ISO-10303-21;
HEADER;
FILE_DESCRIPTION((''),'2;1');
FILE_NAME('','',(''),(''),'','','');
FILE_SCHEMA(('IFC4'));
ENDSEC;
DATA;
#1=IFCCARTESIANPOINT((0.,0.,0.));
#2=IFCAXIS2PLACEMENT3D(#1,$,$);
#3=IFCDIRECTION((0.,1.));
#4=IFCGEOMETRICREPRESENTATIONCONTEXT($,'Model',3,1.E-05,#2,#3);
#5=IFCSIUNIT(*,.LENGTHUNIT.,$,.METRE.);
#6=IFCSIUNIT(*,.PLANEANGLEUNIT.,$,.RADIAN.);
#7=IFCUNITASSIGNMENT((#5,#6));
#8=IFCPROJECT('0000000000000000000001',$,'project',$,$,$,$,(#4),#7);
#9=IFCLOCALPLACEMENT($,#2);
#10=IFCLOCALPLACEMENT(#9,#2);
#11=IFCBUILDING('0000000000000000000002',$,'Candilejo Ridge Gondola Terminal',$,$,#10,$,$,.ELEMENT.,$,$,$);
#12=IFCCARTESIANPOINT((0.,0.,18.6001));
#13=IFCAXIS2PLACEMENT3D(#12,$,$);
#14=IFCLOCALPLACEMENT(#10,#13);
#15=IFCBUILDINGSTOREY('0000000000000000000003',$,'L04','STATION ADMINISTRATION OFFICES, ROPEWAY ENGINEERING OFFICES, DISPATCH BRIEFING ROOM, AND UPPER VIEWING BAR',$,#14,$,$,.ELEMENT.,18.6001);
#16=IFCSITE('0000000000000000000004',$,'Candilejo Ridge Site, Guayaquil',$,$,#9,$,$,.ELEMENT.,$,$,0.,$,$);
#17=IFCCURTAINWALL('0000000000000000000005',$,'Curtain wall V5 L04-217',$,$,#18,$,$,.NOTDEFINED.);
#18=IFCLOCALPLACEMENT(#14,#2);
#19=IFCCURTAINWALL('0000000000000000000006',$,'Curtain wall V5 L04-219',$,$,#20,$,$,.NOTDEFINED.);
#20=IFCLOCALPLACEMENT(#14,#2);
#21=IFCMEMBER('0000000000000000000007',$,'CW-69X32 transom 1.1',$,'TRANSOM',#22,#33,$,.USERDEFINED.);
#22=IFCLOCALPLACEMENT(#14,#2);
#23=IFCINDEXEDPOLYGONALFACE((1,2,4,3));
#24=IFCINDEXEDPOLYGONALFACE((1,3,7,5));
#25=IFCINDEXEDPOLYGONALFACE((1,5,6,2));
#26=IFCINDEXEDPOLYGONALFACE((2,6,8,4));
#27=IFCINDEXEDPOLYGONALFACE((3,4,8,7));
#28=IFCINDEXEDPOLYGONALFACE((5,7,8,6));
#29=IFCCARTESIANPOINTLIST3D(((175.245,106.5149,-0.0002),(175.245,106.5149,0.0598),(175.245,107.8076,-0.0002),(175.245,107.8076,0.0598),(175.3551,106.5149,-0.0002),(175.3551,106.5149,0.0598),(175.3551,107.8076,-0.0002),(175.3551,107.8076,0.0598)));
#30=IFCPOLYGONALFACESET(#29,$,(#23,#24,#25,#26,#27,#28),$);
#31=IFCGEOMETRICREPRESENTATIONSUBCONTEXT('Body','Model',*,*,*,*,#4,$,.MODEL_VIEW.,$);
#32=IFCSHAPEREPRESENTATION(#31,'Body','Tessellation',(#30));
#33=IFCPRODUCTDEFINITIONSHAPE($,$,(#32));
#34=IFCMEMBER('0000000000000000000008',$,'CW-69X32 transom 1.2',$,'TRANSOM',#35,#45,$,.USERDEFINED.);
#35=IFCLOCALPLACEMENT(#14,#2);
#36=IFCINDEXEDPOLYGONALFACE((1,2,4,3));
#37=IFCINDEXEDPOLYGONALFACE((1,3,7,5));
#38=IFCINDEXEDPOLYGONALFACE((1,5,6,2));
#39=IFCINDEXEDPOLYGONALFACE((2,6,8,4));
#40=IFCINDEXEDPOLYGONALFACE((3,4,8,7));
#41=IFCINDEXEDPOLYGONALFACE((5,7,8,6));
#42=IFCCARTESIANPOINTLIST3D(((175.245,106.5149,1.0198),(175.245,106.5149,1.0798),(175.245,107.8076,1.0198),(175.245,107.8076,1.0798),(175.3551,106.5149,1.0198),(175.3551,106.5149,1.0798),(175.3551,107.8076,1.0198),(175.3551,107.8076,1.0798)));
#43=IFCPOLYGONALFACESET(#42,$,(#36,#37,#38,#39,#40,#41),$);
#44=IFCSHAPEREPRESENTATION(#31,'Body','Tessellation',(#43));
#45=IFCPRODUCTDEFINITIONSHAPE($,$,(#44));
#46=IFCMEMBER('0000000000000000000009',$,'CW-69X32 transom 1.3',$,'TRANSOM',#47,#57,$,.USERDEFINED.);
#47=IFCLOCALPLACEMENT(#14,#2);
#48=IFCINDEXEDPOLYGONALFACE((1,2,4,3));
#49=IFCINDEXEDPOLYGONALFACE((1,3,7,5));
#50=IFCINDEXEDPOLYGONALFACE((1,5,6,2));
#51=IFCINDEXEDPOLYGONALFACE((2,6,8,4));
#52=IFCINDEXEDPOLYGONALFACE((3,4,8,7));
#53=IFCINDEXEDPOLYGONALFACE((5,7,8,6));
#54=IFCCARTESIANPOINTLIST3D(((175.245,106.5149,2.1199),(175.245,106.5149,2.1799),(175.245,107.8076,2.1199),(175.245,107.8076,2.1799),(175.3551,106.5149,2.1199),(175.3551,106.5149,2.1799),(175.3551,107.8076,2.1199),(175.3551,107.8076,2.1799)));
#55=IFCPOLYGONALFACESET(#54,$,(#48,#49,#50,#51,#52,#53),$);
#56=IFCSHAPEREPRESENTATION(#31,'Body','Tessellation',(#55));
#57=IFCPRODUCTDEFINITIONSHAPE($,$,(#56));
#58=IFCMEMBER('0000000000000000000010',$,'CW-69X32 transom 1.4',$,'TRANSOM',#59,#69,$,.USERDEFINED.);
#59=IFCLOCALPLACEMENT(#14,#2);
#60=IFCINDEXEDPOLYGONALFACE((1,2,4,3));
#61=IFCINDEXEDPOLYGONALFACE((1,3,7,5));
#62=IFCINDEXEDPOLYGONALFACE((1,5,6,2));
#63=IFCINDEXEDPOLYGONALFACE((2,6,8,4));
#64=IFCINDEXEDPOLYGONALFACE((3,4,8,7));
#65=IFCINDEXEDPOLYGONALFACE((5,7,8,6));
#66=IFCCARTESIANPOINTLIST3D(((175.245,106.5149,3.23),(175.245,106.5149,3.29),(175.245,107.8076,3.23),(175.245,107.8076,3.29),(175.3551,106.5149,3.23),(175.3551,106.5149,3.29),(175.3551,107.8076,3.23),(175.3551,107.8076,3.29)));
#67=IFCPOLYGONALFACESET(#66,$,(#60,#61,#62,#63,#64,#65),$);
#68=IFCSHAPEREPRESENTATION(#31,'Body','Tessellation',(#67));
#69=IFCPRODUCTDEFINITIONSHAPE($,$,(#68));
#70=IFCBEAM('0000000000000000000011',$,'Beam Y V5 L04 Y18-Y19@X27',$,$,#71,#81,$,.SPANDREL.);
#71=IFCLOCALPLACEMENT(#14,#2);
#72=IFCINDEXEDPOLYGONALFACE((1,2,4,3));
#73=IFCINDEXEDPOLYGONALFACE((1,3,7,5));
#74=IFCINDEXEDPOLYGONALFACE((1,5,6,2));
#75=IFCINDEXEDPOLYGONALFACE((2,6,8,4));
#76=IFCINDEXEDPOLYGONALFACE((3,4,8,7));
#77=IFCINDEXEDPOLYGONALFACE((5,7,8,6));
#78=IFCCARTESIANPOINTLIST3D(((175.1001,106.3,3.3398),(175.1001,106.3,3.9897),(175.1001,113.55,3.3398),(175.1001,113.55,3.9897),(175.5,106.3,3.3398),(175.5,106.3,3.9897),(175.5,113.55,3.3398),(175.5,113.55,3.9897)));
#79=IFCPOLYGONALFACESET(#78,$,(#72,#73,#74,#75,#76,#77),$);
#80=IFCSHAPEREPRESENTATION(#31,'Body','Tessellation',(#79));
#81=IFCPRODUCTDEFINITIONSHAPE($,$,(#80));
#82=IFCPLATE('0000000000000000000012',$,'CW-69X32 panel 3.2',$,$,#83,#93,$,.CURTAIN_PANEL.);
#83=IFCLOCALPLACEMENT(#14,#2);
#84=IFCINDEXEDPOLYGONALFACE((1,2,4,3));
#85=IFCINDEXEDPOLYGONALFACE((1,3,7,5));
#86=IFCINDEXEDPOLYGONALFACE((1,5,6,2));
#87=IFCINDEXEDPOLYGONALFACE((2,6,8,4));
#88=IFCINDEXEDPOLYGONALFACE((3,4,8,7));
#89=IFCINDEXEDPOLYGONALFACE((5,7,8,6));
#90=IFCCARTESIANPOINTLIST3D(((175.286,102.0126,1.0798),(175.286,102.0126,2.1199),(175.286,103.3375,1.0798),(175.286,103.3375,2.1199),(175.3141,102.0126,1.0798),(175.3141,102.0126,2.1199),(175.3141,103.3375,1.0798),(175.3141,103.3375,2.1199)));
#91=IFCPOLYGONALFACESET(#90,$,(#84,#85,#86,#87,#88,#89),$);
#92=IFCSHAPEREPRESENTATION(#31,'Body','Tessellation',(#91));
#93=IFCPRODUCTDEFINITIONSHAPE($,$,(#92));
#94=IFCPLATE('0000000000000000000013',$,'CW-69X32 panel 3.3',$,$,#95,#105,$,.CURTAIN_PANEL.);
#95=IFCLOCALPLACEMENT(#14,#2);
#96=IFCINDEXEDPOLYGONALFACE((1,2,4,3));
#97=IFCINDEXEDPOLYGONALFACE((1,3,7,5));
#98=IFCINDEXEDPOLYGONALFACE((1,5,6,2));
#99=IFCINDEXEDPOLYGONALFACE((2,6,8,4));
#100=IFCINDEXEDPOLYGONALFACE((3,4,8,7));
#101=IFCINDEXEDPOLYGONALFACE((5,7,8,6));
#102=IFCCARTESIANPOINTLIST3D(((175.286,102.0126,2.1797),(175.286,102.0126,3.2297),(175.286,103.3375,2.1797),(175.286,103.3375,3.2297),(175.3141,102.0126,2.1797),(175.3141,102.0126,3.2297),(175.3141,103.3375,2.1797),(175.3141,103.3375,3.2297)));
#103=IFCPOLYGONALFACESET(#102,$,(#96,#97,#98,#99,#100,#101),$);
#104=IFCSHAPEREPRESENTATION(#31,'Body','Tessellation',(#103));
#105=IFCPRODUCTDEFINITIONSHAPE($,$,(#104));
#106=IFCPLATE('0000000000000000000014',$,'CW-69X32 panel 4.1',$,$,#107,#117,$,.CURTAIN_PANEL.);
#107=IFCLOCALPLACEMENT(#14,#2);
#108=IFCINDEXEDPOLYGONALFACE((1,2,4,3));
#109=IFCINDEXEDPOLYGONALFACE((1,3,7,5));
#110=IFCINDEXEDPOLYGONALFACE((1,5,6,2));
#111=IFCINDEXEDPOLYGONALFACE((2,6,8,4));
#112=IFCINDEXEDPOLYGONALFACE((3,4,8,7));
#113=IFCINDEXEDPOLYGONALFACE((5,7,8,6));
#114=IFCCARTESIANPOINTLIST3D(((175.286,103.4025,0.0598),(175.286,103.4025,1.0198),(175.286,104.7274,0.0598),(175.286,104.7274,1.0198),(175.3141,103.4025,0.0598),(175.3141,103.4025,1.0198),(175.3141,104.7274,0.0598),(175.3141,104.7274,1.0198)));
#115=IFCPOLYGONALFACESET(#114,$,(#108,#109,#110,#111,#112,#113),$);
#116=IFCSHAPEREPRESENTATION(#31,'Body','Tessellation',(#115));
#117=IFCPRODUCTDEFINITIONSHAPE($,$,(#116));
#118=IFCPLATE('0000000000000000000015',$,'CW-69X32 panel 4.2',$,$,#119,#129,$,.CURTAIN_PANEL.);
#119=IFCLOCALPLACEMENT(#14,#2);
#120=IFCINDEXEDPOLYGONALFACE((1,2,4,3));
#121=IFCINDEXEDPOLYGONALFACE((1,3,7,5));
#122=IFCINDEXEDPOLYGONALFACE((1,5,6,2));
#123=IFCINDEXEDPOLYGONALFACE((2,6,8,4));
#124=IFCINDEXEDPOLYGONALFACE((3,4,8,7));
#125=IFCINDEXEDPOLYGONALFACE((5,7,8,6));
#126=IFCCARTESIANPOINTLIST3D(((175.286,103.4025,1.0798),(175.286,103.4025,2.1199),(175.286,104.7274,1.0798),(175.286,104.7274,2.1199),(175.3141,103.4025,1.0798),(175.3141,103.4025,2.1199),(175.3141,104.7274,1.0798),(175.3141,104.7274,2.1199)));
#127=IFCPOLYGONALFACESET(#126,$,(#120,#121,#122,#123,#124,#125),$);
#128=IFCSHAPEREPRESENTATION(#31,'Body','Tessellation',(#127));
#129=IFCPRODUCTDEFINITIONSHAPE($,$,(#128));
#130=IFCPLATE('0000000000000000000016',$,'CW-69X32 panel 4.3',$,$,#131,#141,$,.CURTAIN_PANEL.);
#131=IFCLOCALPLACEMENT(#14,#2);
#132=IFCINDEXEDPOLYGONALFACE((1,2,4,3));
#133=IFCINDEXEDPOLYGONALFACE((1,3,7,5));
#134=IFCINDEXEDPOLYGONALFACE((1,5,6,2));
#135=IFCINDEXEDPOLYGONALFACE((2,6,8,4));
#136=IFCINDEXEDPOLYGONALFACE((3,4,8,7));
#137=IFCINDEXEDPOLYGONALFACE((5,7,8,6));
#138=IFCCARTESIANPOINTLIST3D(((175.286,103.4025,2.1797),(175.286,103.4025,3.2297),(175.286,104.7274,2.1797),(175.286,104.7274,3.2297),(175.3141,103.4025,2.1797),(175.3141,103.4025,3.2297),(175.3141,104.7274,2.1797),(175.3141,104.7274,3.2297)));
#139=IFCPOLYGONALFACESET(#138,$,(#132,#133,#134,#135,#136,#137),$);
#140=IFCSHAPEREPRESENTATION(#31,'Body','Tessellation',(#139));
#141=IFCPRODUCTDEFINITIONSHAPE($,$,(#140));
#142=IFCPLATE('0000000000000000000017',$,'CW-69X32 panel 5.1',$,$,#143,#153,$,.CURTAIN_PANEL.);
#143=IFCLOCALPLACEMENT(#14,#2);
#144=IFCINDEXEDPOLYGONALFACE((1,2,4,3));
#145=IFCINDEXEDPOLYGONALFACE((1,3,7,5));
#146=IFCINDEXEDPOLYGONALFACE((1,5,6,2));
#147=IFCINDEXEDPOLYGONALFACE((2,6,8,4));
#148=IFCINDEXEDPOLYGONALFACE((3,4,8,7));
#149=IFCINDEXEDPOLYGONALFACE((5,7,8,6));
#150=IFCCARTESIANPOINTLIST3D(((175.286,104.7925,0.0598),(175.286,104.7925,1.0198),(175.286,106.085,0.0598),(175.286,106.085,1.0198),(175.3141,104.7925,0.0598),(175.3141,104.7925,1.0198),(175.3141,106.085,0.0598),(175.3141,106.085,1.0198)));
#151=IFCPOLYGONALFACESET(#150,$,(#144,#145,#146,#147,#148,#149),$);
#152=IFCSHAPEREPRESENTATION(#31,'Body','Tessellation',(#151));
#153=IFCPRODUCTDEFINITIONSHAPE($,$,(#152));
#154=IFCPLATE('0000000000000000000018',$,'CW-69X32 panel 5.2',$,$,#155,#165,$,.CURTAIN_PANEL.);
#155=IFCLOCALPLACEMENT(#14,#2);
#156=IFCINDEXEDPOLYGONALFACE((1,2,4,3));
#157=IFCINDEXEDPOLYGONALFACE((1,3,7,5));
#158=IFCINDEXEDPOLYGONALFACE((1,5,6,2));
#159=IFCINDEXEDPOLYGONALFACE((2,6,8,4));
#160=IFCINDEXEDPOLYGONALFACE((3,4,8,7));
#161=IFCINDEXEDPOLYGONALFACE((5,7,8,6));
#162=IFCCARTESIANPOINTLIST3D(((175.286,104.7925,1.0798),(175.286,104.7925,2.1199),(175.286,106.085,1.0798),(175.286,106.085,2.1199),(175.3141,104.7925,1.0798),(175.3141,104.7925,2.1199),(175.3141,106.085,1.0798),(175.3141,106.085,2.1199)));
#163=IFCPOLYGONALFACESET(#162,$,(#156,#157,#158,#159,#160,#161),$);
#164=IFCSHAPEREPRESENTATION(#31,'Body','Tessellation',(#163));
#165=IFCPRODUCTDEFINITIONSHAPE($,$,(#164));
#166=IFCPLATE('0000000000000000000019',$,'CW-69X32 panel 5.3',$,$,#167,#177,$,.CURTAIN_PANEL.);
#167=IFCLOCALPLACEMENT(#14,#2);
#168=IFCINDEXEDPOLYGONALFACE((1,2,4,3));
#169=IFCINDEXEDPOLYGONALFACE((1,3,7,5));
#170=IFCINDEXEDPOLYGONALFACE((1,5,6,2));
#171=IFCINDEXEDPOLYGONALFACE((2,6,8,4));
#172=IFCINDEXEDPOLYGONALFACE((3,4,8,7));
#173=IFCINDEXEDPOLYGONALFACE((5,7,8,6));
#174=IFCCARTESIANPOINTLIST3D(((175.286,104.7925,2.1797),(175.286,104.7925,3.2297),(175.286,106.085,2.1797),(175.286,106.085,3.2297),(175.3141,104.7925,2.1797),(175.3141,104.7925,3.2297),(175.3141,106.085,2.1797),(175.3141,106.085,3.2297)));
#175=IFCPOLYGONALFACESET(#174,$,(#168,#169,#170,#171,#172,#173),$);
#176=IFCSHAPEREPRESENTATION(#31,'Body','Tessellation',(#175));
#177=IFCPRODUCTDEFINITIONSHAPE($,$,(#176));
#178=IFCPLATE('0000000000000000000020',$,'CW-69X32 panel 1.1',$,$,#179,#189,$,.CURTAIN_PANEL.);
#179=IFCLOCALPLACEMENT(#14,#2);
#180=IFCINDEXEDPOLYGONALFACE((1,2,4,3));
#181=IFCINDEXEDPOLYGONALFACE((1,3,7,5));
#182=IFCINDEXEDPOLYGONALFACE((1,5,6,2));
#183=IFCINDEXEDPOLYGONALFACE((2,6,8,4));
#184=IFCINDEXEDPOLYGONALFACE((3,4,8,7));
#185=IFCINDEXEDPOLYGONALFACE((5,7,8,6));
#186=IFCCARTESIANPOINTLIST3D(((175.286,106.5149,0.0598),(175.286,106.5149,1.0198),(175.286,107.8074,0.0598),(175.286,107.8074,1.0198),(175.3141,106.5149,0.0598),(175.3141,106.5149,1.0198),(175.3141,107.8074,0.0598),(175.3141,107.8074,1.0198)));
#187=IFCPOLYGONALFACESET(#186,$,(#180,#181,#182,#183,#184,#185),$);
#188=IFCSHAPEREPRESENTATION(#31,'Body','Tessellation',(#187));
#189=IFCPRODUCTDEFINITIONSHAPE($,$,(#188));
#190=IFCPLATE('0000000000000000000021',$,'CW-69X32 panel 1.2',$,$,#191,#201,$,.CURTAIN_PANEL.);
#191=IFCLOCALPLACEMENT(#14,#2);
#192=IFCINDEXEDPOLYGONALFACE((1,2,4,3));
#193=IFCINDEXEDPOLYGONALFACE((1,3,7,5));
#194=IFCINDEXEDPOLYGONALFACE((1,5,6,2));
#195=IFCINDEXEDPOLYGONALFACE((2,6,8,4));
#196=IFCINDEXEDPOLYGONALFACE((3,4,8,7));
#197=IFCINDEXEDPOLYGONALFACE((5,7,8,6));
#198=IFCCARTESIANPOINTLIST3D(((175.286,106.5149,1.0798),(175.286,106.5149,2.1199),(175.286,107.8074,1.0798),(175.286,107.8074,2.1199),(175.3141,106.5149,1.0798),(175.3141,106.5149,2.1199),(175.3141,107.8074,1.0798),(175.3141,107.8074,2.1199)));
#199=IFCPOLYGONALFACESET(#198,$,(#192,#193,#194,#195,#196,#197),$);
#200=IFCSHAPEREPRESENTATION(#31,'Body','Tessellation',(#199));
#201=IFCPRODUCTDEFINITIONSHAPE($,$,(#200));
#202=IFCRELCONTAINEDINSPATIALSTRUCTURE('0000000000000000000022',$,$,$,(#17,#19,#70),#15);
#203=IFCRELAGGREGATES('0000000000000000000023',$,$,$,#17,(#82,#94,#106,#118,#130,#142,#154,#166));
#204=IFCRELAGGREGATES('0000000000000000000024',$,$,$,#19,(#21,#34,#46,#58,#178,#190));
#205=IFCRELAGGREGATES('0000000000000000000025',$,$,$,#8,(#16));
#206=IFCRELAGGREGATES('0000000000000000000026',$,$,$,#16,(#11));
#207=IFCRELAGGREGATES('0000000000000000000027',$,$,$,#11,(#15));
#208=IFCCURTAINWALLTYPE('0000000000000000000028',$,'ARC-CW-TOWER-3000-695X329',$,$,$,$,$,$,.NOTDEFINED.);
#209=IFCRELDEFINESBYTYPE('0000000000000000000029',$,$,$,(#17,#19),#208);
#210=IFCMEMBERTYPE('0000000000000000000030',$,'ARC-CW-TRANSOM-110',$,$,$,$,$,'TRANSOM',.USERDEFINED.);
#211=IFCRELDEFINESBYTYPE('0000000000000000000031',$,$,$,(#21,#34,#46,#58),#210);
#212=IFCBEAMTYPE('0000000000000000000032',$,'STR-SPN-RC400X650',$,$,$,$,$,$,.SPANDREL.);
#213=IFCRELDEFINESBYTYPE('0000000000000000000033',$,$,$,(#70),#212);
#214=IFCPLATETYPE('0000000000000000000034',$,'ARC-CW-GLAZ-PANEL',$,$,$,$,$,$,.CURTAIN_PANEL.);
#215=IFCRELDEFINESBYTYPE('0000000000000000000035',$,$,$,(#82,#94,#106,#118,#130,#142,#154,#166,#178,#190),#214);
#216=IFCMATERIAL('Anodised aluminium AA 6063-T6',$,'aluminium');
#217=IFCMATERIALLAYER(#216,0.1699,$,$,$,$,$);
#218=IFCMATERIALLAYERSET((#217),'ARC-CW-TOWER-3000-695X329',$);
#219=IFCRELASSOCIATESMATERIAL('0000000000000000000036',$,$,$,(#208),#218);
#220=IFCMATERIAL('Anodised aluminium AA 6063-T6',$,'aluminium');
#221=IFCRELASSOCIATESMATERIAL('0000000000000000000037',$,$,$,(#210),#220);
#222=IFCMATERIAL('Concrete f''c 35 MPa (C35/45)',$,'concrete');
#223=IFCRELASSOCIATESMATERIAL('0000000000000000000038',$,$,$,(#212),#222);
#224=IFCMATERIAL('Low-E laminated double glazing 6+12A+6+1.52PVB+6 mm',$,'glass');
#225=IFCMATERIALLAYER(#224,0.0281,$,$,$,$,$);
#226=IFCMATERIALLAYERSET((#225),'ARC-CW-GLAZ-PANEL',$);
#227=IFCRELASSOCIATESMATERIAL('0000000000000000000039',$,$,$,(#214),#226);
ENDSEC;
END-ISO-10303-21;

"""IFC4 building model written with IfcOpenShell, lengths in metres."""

from ifc_helpers import new_model, si_unit, direction, frame, origin, origin_2d, place, context, subcontext, project, spatial, rectangle, extrude, material, layer, layer_set, material_profile, profile_set, type_object, element, aggregate, save


model = new_model("IFC4")

# Units and contexts
model_context = context("Model", 3, precision=1e-05, world=origin(), true_north=direction((0.0, 1.0)))
body_context = subcontext(model_context, "Body", "Model", "MODEL_VIEW")
ifc_project = project(units=[si_unit("LENGTHUNIT", "METRE"), si_unit("PLANEANGLEUNIT", "RADIAN")], contexts=[model_context])

# Site, building, storey
site_placement = place(None, origin())
site = spatial("IfcSite", under=ifc_project, at=site_placement, Name="Candilejo Ridge Site, Guayaquil", CompositionType="ELEMENT", RefElevation=0.0)
building_placement = place(site_placement, origin())
building = spatial("IfcBuilding", under=site, at=building_placement, Name="Candilejo Ridge Gondola Terminal", CompositionType="ELEMENT")
storey_placement = place(building_placement, frame((0.0, 0.0, 18.6001)))
storey = spatial("IfcBuildingStorey", under=building, at=storey_placement, Name="L04", Description="STATION ADMINISTRATION OFFICES, ROPEWAY ENGINEERING OFFICES, DISPATCH BRIEFING ROOM, AND UPPER VIEWING BAR", CompositionType="ELEMENT", Elevation=18.6001)

# Curtain walls
ifc_material_1 = material(Name="Anodised aluminium AA 6063-T6", Category="aluminium")
ifc_layer_1 = layer(ifc_material_1, 0.1699)
ifc_layer_set_1 = layer_set([ifc_layer_1], Name="ARC-CW-TOWER-3000-695X329")
curtain_wall_type = type_object("IfcCurtainWallType", Name="ARC-CW-TOWER-3000-695X329", PredefinedType="NOTDEFINED", material=ifc_layer_set_1)
curtain_wall_1_placement = place(storey_placement, origin())
curtain_wall_1 = element("IfcCurtainWall", 1, at=curtain_wall_1_placement, inside=storey, type_object=curtain_wall_type, Name="Curtain wall V5 L04-217", PredefinedType="NOTDEFINED")
curtain_wall_2_placement = place(storey_placement, origin())
curtain_wall_2 = element("IfcCurtainWall", 2, at=curtain_wall_2_placement, inside=storey, type_object=curtain_wall_type, Name="Curtain wall V5 L04-219", PredefinedType="NOTDEFINED")

# Members
ifc_material_2 = material(Name="Anodised aluminium AA 6063-T6", Category="aluminium")
ifc_material_profile_1 = material_profile(ifc_material_2, rectangle(XDim=0.1101, YDim=0.0601, at=origin_2d()))
ifc_profile_set_1 = profile_set([ifc_material_profile_1], Name="Anodised aluminium AA 6063-T6")
member_type_1 = type_object("IfcMemberType", Name="ARC-CW-TRANSOM-110", ElementType="TRANSOM", PredefinedType="USERDEFINED", material=ifc_profile_set_1)
member_1_placement = place(storey_placement, frame((175.3, 106.5149, 0.0298), z_axis=(0.0, 1.0, 0.0), x_axis=(-1.0, 0.0, 0.0)))
member_1 = element("IfcMember", 3, at=member_1_placement, type_object=member_type_1, Name="CW-69X32 transom 1.1", ObjectType="TRANSOM", PredefinedType="USERDEFINED", context=body_context, shape_type="SweptSolid", body=[
    extrude(rectangle(XDim=0.1101, YDim=0.0601, at=origin_2d()), origin(), (0.0, 0.0, 1.0), 1.2927),
])
member_2_placement = place(storey_placement, frame((175.3, 106.5149, 1.0498), z_axis=(0.0, 1.0, 0.0), x_axis=(-1.0, 0.0, 0.0)))
member_2 = element("IfcMember", 4, at=member_2_placement, type_object=member_type_1, Name="CW-69X32 transom 1.2", ObjectType="TRANSOM", PredefinedType="USERDEFINED", context=body_context, shape_type="SweptSolid", body=[
    extrude(rectangle(XDim=0.1101, YDim=0.0601, at=origin_2d()), origin(), (0.0, 0.0, 1.0), 1.2927),
])
member_3_placement = place(storey_placement, frame((175.3, 106.5149, 2.1499), z_axis=(0.0, 1.0, 0.0), x_axis=(-1.0, 0.0, 0.0)))
member_3 = element("IfcMember", 5, at=member_3_placement, type_object=member_type_1, Name="CW-69X32 transom 1.3", ObjectType="TRANSOM", PredefinedType="USERDEFINED", context=body_context, shape_type="SweptSolid", body=[
    extrude(rectangle(XDim=0.1101, YDim=0.0601, at=origin_2d()), origin(), (0.0, 0.0, 1.0), 1.2927),
])
member_4_placement = place(storey_placement, frame((175.3, 106.5149, 3.26), z_axis=(0.0, 1.0, 0.0), x_axis=(-1.0, 0.0, 0.0)))
member_4 = element("IfcMember", 6, at=member_4_placement, type_object=member_type_1, Name="CW-69X32 transom 1.4", ObjectType="TRANSOM", PredefinedType="USERDEFINED", context=body_context, shape_type="SweptSolid", body=[
    extrude(rectangle(XDim=0.1101, YDim=0.0601, at=origin_2d()), origin(), (0.0, 0.0, 1.0), 1.2927),
])

# Beam
ifc_material_3 = material(Name="Concrete f'c 35 MPa (C35/45)", Category="concrete")
ifc_material_profile_2 = material_profile(ifc_material_3, rectangle(XDim=0.3999, YDim=0.6499, at=origin_2d()))
ifc_profile_set_2 = profile_set([ifc_material_profile_2], Name="Concrete f'c 35 MPa (C35/45)")
beam_type = type_object("IfcBeamType", Name="STR-SPN-RC400X650", PredefinedType="SPANDREL", material=ifc_profile_set_2)
beam_placement = place(storey_placement, frame((175.3, 106.3, 3.6648), z_axis=(0.0, 1.0, 0.0), x_axis=(-1.0, 0.0, 0.0)))
element("IfcBeam", 7, at=beam_placement, inside=storey, type_object=beam_type, Name="Beam Y V5 L04 Y18-Y19@X27", PredefinedType="SPANDREL", context=body_context, shape_type="SweptSolid", body=[
    extrude(rectangle(XDim=0.3999, YDim=0.6499, at=origin_2d()), origin(), (0.0, 0.0, 1.0), 7.25),
])

# Plates
ifc_material_4 = material(Name="Low-E laminated double glazing 6+12A+6+1.52PVB+6 mm", Category="glass")
ifc_layer_2 = layer(ifc_material_4, 0.0281)
ifc_layer_set_2 = layer_set([ifc_layer_2], Name="ARC-CW-GLAZ-PANEL")
plate_type = type_object("IfcPlateType", Name="ARC-CW-GLAZ-PANEL", PredefinedType="CURTAIN_PANEL", material=ifc_layer_set_2)
plate_1_placement = place(storey_placement, frame((175.3, 102.675, 1.0798), z_axis=(0.0, 0.0, 1.0), x_axis=(0.0, 1.0, 0.0)))
plate_1 = element("IfcPlate", 8, at=plate_1_placement, type_object=plate_type, Name="CW-69X32 panel 3.2", PredefinedType="CURTAIN_PANEL", context=body_context, shape_type="SweptSolid", body=[
    extrude(rectangle(XDim=1.325, YDim=0.0281, at=origin_2d()), origin(), (0.0, 0.0, 1.0), 1.04),
])
plate_2_placement = place(storey_placement, frame((175.3, 102.675, 2.1797), z_axis=(0.0, 0.0, 1.0), x_axis=(0.0, 1.0, 0.0)))
plate_2 = element("IfcPlate", 9, at=plate_2_placement, type_object=plate_type, Name="CW-69X32 panel 3.3", PredefinedType="CURTAIN_PANEL", context=body_context, shape_type="SweptSolid", body=[
    extrude(rectangle(XDim=1.325, YDim=0.0281, at=origin_2d()), origin(), (0.0, 0.0, 1.0), 1.05),
])
plate_3_placement = place(storey_placement, frame((175.3, 104.0649, 0.0598), z_axis=(0.0, 0.0, 1.0), x_axis=(0.0, 1.0, 0.0)))
plate_3 = element("IfcPlate", 10, at=plate_3_placement, type_object=plate_type, Name="CW-69X32 panel 4.1", PredefinedType="CURTAIN_PANEL", context=body_context, shape_type="SweptSolid", body=[
    extrude(rectangle(XDim=1.325, YDim=0.0281, at=origin_2d()), origin(), (0.0, 0.0, 1.0), 0.96),
])
plate_4_placement = place(storey_placement, frame((175.3, 104.0649, 1.0798), z_axis=(0.0, 0.0, 1.0), x_axis=(0.0, 1.0, 0.0)))
plate_4 = element("IfcPlate", 11, at=plate_4_placement, type_object=plate_type, Name="CW-69X32 panel 4.2", PredefinedType="CURTAIN_PANEL", context=body_context, shape_type="SweptSolid", body=[
    extrude(rectangle(XDim=1.325, YDim=0.0281, at=origin_2d()), origin(), (0.0, 0.0, 1.0), 1.04),
])
plate_5_placement = place(storey_placement, frame((175.3, 104.0649, 2.1797), z_axis=(0.0, 0.0, 1.0), x_axis=(0.0, 1.0, 0.0)))
plate_5 = element("IfcPlate", 12, at=plate_5_placement, type_object=plate_type, Name="CW-69X32 panel 4.3", PredefinedType="CURTAIN_PANEL", context=body_context, shape_type="SweptSolid", body=[
    extrude(rectangle(XDim=1.325, YDim=0.0281, at=origin_2d()), origin(), (0.0, 0.0, 1.0), 1.05),
])
plate_6_placement = place(storey_placement, frame((175.3, 105.4387, 0.0598), z_axis=(0.0, 0.0, 1.0), x_axis=(0.0, 1.0, 0.0)))
plate_6 = element("IfcPlate", 13, at=plate_6_placement, type_object=plate_type, Name="CW-69X32 panel 5.1", PredefinedType="CURTAIN_PANEL", context=body_context, shape_type="SweptSolid", body=[
    extrude(rectangle(XDim=1.2925, YDim=0.0281, at=origin_2d()), origin(), (0.0, 0.0, 1.0), 0.96),
])
plate_7_placement = place(storey_placement, frame((175.3, 105.4387, 1.0798), z_axis=(0.0, 0.0, 1.0), x_axis=(0.0, 1.0, 0.0)))
plate_7 = element("IfcPlate", 14, at=plate_7_placement, type_object=plate_type, Name="CW-69X32 panel 5.2", PredefinedType="CURTAIN_PANEL", context=body_context, shape_type="SweptSolid", body=[
    extrude(rectangle(XDim=1.2925, YDim=0.0281, at=origin_2d()), origin(), (0.0, 0.0, 1.0), 1.04),
])
plate_8_placement = place(storey_placement, frame((175.3, 105.4387, 2.1797), z_axis=(0.0, 0.0, 1.0), x_axis=(0.0, 1.0, 0.0)))
plate_8 = element("IfcPlate", 15, at=plate_8_placement, type_object=plate_type, Name="CW-69X32 panel 5.3", PredefinedType="CURTAIN_PANEL", context=body_context, shape_type="SweptSolid", body=[
    extrude(rectangle(XDim=1.2925, YDim=0.0281, at=origin_2d()), origin(), (0.0, 0.0, 1.0), 1.05),
])
aggregate(curtain_wall_1, [plate_1, plate_2, plate_3, plate_4, plate_5, plate_6, plate_7, plate_8])
plate_9_placement = place(storey_placement, frame((175.3, 107.1611, 0.0598), z_axis=(0.0, 0.0, 1.0), x_axis=(0.0, 1.0, 0.0)))
plate_9 = element("IfcPlate", 16, at=plate_9_placement, type_object=plate_type, Name="CW-69X32 panel 1.1", PredefinedType="CURTAIN_PANEL", context=body_context, shape_type="SweptSolid", body=[
    extrude(rectangle(XDim=1.2925, YDim=0.0281, at=origin_2d()), origin(), (0.0, 0.0, 1.0), 0.96),
])
plate_10_placement = place(storey_placement, frame((175.3, 107.1611, 1.0798), z_axis=(0.0, 0.0, 1.0), x_axis=(0.0, 1.0, 0.0)))
plate_10 = element("IfcPlate", 17, at=plate_10_placement, type_object=plate_type, Name="CW-69X32 panel 1.2", PredefinedType="CURTAIN_PANEL", context=body_context, shape_type="SweptSolid", body=[
    extrude(rectangle(XDim=1.2925, YDim=0.0281, at=origin_2d()), origin(), (0.0, 0.0, 1.0), 1.04),
])
aggregate(curtain_wall_2, [member_1, member_2, member_3, member_4, plate_9, plate_10])

save(model, "model.ifc")
